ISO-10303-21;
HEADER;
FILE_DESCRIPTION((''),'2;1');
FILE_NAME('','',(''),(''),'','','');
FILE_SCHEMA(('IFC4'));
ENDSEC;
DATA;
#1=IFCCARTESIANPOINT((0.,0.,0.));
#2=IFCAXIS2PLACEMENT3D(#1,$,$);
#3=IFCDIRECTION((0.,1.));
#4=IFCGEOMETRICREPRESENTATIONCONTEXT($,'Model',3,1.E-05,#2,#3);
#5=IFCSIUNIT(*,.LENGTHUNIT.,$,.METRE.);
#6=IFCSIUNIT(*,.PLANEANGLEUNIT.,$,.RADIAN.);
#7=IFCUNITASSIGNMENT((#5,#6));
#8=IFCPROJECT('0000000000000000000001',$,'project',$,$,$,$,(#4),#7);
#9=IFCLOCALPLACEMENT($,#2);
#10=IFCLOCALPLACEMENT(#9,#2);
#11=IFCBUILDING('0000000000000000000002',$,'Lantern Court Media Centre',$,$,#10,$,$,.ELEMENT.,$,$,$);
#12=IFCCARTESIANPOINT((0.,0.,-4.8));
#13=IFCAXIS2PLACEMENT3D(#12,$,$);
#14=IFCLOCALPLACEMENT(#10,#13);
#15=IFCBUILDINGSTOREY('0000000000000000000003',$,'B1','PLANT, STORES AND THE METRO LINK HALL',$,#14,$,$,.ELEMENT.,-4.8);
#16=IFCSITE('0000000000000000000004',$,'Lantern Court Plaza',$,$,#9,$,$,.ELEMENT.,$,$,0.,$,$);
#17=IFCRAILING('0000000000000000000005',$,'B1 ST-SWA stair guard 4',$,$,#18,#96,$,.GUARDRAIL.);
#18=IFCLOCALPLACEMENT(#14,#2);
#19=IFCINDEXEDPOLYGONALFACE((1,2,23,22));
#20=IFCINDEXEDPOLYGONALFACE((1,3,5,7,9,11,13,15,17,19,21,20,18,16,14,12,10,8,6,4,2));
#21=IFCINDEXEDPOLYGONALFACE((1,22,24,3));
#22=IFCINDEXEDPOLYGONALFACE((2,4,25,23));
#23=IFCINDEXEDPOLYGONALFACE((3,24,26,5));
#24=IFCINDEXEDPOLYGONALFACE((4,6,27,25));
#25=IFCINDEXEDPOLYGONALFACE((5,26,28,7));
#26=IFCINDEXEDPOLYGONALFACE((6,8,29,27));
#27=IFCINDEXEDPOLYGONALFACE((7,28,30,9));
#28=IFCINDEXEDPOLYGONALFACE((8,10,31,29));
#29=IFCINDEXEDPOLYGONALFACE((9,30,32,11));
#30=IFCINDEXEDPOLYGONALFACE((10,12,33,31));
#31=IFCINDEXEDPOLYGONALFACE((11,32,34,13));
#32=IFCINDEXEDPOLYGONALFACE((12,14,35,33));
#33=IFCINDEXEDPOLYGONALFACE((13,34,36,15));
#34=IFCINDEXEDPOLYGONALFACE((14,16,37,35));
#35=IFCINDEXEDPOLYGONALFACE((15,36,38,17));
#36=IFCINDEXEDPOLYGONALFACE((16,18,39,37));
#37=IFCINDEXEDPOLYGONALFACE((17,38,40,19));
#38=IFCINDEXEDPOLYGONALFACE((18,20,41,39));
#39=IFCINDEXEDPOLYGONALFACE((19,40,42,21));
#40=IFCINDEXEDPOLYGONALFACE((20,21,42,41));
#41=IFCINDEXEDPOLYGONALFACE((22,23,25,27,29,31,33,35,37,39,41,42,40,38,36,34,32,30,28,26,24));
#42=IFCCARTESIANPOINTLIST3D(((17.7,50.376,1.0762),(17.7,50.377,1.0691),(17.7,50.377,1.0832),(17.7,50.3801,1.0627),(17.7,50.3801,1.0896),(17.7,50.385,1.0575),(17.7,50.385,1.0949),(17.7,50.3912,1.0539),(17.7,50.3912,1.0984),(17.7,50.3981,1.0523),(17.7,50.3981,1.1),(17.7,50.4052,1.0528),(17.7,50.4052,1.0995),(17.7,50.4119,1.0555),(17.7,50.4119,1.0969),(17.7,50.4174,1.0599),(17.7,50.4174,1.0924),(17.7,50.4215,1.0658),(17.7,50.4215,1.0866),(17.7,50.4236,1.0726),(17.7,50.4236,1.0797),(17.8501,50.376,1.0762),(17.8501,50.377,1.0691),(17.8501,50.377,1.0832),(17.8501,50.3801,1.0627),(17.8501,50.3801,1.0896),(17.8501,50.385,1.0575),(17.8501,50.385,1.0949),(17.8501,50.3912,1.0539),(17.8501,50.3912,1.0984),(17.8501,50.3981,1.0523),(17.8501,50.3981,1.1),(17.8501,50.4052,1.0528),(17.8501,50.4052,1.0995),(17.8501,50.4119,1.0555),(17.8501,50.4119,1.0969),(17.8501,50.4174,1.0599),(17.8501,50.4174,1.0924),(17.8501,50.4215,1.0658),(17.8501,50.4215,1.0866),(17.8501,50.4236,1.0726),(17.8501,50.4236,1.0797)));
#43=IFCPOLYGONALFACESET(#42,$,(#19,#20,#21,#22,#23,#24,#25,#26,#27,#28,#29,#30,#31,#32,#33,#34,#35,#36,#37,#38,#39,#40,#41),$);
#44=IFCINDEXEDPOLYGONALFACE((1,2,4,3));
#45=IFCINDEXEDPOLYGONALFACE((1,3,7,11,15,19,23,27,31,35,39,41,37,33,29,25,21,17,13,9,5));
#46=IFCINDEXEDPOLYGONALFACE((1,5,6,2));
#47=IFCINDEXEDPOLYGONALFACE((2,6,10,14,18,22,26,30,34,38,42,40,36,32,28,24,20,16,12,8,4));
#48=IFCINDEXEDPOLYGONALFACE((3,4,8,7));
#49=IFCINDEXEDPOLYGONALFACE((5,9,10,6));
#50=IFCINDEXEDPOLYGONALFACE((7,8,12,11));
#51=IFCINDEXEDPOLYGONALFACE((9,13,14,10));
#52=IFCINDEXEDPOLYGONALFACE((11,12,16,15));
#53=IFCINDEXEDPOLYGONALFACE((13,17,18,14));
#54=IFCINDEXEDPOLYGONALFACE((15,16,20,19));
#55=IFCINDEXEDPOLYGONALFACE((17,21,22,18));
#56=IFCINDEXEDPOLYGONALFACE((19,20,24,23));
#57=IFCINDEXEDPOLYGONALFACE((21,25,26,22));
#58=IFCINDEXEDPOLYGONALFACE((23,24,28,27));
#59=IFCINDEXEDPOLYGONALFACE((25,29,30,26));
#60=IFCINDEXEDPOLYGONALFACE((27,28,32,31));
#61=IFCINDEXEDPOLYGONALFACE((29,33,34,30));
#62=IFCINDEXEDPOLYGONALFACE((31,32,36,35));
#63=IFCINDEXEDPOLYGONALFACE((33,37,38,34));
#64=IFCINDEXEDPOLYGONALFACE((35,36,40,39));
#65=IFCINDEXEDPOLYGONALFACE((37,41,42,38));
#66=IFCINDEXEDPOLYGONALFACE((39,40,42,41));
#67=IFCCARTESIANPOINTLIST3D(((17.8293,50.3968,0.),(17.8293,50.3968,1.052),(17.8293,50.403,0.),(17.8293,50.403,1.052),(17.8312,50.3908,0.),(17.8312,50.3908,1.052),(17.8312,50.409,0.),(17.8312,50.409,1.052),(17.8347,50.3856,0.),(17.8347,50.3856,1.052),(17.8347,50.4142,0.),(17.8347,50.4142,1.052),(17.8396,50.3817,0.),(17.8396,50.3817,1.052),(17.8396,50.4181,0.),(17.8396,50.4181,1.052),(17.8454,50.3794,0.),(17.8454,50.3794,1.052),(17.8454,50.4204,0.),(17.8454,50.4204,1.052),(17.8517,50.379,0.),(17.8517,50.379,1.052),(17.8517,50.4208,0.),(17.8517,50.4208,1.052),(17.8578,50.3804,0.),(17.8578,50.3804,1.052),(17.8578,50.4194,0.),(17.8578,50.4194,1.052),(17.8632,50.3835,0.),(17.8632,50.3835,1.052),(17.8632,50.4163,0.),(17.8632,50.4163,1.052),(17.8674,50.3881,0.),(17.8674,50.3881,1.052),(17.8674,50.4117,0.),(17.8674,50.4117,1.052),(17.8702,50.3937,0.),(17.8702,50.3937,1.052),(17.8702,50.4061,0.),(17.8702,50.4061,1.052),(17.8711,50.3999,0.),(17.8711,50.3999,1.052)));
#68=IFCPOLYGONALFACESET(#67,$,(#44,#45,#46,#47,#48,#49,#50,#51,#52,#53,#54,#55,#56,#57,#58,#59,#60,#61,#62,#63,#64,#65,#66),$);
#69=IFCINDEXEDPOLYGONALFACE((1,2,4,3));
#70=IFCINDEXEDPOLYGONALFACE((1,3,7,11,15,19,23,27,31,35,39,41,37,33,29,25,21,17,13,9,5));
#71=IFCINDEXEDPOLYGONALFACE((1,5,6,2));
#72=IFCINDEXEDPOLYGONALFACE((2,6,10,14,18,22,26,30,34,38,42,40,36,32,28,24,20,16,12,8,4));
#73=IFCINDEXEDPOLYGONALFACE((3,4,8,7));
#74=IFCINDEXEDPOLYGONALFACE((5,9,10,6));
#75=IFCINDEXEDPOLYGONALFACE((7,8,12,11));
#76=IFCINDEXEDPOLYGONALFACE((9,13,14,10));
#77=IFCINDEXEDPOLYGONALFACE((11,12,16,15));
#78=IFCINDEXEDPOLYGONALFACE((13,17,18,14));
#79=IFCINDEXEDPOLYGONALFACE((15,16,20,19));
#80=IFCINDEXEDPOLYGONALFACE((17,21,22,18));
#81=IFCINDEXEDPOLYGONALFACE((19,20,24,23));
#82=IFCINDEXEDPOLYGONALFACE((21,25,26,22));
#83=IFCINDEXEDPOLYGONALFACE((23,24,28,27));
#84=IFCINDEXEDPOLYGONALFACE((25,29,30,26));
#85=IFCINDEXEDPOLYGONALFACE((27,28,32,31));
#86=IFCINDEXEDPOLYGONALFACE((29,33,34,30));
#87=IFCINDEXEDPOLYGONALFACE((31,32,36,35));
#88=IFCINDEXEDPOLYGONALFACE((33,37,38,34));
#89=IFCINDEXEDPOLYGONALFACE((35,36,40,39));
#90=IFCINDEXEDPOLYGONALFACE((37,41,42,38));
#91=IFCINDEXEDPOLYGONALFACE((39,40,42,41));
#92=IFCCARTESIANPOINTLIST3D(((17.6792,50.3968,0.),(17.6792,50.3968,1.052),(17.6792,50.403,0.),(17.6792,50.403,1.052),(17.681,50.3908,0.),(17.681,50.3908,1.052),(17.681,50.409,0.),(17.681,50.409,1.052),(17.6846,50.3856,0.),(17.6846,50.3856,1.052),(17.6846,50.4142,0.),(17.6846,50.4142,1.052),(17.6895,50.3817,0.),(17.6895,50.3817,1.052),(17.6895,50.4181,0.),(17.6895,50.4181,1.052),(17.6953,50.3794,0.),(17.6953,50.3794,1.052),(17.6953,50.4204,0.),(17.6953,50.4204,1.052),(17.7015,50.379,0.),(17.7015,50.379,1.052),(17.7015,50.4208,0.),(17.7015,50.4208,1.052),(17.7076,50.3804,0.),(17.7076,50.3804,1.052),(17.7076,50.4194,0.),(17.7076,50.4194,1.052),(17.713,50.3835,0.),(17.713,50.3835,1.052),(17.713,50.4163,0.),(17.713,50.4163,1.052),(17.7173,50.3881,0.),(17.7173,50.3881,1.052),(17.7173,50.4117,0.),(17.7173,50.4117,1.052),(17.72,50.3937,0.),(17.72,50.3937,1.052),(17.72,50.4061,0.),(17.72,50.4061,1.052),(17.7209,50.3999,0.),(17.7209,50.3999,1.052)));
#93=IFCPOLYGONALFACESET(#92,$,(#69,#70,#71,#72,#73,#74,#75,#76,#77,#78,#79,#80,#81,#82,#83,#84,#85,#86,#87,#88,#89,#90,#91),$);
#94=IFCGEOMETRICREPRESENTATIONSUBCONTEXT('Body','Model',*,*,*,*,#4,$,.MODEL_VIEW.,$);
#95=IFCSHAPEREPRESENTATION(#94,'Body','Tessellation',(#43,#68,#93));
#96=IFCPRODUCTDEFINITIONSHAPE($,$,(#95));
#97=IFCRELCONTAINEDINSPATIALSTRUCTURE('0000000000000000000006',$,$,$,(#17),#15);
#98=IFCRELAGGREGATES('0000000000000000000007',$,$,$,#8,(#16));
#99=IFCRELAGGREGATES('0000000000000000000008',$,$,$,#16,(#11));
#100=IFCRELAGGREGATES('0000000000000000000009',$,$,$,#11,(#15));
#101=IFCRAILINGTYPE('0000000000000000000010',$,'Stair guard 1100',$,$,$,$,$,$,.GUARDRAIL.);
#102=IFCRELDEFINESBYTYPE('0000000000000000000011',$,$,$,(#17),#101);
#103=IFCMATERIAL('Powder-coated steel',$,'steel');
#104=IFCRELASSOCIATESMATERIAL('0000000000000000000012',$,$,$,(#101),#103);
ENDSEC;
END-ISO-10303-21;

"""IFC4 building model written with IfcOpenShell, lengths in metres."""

from ifc_helpers import new_model, si_unit, direction, frame, origin, origin_2d, place, context, subcontext, project, spatial, circle, extrude, material, type_object, element, save


model = new_model("IFC4")

# Units and contexts
model_context = context("Model", 3, precision=1e-05, world=origin(), true_north=direction((0.0, 1.0)))
body_context = subcontext(model_context, "Body", "Model", "MODEL_VIEW")
ifc_project = project(units=[si_unit("LENGTHUNIT", "METRE"), si_unit("PLANEANGLEUNIT", "RADIAN")], contexts=[model_context])

# Site, building, storey
site_placement = place(None, origin())
site = spatial("IfcSite", under=ifc_project, at=site_placement, Name="Lantern Court Plaza", CompositionType="ELEMENT", RefElevation=0.0)
building_placement = place(site_placement, origin())
building = spatial("IfcBuilding", under=site, at=building_placement, Name="Lantern Court Media Centre", CompositionType="ELEMENT")
storey_placement = place(building_placement, frame((0.0, 0.0, -4.8)))
storey = spatial("IfcBuildingStorey", under=building, at=storey_placement, Name="B1", Description="PLANT, STORES AND THE METRO LINK HALL", CompositionType="ELEMENT", Elevation=-4.8)

# Railing
ifc_material_1 = material(Name="Powder-coated steel", Category="steel")
railing_type = type_object("IfcRailingType", Name="Stair guard 1100", PredefinedType="GUARDRAIL", material=ifc_material_1)
railing_1_placement = place(storey_placement, frame((17.8501, 50.3999, 0.0)))
element("IfcRailing", 1, at=railing_1_placement, inside=storey, type_object=railing_type, Name="B1 ST-SWA stair guard 4", PredefinedType="GUARDRAIL", context=body_context, shape_type="SweptSolid", body=[
    extrude(circle(Radius=0.0239, at=origin_2d()), frame((0.0, 0.0, 1.0762), z_axis=(-1.0, 0.0, 0.0), x_axis=(0.0, -1.0, 0.0)), (0.0, 0.0, 1.0), 0.1501),
    extrude(circle(Radius=0.021, at=origin_2d()), origin(), (0.0, 0.0, 1.0), 1.052),
    extrude(circle(Radius=0.021, at=origin_2d()), frame((-0.1501, 0.0, 0.0)), (0.0, 0.0, 1.0), 1.052),
])

save(model, "model.ifc")
